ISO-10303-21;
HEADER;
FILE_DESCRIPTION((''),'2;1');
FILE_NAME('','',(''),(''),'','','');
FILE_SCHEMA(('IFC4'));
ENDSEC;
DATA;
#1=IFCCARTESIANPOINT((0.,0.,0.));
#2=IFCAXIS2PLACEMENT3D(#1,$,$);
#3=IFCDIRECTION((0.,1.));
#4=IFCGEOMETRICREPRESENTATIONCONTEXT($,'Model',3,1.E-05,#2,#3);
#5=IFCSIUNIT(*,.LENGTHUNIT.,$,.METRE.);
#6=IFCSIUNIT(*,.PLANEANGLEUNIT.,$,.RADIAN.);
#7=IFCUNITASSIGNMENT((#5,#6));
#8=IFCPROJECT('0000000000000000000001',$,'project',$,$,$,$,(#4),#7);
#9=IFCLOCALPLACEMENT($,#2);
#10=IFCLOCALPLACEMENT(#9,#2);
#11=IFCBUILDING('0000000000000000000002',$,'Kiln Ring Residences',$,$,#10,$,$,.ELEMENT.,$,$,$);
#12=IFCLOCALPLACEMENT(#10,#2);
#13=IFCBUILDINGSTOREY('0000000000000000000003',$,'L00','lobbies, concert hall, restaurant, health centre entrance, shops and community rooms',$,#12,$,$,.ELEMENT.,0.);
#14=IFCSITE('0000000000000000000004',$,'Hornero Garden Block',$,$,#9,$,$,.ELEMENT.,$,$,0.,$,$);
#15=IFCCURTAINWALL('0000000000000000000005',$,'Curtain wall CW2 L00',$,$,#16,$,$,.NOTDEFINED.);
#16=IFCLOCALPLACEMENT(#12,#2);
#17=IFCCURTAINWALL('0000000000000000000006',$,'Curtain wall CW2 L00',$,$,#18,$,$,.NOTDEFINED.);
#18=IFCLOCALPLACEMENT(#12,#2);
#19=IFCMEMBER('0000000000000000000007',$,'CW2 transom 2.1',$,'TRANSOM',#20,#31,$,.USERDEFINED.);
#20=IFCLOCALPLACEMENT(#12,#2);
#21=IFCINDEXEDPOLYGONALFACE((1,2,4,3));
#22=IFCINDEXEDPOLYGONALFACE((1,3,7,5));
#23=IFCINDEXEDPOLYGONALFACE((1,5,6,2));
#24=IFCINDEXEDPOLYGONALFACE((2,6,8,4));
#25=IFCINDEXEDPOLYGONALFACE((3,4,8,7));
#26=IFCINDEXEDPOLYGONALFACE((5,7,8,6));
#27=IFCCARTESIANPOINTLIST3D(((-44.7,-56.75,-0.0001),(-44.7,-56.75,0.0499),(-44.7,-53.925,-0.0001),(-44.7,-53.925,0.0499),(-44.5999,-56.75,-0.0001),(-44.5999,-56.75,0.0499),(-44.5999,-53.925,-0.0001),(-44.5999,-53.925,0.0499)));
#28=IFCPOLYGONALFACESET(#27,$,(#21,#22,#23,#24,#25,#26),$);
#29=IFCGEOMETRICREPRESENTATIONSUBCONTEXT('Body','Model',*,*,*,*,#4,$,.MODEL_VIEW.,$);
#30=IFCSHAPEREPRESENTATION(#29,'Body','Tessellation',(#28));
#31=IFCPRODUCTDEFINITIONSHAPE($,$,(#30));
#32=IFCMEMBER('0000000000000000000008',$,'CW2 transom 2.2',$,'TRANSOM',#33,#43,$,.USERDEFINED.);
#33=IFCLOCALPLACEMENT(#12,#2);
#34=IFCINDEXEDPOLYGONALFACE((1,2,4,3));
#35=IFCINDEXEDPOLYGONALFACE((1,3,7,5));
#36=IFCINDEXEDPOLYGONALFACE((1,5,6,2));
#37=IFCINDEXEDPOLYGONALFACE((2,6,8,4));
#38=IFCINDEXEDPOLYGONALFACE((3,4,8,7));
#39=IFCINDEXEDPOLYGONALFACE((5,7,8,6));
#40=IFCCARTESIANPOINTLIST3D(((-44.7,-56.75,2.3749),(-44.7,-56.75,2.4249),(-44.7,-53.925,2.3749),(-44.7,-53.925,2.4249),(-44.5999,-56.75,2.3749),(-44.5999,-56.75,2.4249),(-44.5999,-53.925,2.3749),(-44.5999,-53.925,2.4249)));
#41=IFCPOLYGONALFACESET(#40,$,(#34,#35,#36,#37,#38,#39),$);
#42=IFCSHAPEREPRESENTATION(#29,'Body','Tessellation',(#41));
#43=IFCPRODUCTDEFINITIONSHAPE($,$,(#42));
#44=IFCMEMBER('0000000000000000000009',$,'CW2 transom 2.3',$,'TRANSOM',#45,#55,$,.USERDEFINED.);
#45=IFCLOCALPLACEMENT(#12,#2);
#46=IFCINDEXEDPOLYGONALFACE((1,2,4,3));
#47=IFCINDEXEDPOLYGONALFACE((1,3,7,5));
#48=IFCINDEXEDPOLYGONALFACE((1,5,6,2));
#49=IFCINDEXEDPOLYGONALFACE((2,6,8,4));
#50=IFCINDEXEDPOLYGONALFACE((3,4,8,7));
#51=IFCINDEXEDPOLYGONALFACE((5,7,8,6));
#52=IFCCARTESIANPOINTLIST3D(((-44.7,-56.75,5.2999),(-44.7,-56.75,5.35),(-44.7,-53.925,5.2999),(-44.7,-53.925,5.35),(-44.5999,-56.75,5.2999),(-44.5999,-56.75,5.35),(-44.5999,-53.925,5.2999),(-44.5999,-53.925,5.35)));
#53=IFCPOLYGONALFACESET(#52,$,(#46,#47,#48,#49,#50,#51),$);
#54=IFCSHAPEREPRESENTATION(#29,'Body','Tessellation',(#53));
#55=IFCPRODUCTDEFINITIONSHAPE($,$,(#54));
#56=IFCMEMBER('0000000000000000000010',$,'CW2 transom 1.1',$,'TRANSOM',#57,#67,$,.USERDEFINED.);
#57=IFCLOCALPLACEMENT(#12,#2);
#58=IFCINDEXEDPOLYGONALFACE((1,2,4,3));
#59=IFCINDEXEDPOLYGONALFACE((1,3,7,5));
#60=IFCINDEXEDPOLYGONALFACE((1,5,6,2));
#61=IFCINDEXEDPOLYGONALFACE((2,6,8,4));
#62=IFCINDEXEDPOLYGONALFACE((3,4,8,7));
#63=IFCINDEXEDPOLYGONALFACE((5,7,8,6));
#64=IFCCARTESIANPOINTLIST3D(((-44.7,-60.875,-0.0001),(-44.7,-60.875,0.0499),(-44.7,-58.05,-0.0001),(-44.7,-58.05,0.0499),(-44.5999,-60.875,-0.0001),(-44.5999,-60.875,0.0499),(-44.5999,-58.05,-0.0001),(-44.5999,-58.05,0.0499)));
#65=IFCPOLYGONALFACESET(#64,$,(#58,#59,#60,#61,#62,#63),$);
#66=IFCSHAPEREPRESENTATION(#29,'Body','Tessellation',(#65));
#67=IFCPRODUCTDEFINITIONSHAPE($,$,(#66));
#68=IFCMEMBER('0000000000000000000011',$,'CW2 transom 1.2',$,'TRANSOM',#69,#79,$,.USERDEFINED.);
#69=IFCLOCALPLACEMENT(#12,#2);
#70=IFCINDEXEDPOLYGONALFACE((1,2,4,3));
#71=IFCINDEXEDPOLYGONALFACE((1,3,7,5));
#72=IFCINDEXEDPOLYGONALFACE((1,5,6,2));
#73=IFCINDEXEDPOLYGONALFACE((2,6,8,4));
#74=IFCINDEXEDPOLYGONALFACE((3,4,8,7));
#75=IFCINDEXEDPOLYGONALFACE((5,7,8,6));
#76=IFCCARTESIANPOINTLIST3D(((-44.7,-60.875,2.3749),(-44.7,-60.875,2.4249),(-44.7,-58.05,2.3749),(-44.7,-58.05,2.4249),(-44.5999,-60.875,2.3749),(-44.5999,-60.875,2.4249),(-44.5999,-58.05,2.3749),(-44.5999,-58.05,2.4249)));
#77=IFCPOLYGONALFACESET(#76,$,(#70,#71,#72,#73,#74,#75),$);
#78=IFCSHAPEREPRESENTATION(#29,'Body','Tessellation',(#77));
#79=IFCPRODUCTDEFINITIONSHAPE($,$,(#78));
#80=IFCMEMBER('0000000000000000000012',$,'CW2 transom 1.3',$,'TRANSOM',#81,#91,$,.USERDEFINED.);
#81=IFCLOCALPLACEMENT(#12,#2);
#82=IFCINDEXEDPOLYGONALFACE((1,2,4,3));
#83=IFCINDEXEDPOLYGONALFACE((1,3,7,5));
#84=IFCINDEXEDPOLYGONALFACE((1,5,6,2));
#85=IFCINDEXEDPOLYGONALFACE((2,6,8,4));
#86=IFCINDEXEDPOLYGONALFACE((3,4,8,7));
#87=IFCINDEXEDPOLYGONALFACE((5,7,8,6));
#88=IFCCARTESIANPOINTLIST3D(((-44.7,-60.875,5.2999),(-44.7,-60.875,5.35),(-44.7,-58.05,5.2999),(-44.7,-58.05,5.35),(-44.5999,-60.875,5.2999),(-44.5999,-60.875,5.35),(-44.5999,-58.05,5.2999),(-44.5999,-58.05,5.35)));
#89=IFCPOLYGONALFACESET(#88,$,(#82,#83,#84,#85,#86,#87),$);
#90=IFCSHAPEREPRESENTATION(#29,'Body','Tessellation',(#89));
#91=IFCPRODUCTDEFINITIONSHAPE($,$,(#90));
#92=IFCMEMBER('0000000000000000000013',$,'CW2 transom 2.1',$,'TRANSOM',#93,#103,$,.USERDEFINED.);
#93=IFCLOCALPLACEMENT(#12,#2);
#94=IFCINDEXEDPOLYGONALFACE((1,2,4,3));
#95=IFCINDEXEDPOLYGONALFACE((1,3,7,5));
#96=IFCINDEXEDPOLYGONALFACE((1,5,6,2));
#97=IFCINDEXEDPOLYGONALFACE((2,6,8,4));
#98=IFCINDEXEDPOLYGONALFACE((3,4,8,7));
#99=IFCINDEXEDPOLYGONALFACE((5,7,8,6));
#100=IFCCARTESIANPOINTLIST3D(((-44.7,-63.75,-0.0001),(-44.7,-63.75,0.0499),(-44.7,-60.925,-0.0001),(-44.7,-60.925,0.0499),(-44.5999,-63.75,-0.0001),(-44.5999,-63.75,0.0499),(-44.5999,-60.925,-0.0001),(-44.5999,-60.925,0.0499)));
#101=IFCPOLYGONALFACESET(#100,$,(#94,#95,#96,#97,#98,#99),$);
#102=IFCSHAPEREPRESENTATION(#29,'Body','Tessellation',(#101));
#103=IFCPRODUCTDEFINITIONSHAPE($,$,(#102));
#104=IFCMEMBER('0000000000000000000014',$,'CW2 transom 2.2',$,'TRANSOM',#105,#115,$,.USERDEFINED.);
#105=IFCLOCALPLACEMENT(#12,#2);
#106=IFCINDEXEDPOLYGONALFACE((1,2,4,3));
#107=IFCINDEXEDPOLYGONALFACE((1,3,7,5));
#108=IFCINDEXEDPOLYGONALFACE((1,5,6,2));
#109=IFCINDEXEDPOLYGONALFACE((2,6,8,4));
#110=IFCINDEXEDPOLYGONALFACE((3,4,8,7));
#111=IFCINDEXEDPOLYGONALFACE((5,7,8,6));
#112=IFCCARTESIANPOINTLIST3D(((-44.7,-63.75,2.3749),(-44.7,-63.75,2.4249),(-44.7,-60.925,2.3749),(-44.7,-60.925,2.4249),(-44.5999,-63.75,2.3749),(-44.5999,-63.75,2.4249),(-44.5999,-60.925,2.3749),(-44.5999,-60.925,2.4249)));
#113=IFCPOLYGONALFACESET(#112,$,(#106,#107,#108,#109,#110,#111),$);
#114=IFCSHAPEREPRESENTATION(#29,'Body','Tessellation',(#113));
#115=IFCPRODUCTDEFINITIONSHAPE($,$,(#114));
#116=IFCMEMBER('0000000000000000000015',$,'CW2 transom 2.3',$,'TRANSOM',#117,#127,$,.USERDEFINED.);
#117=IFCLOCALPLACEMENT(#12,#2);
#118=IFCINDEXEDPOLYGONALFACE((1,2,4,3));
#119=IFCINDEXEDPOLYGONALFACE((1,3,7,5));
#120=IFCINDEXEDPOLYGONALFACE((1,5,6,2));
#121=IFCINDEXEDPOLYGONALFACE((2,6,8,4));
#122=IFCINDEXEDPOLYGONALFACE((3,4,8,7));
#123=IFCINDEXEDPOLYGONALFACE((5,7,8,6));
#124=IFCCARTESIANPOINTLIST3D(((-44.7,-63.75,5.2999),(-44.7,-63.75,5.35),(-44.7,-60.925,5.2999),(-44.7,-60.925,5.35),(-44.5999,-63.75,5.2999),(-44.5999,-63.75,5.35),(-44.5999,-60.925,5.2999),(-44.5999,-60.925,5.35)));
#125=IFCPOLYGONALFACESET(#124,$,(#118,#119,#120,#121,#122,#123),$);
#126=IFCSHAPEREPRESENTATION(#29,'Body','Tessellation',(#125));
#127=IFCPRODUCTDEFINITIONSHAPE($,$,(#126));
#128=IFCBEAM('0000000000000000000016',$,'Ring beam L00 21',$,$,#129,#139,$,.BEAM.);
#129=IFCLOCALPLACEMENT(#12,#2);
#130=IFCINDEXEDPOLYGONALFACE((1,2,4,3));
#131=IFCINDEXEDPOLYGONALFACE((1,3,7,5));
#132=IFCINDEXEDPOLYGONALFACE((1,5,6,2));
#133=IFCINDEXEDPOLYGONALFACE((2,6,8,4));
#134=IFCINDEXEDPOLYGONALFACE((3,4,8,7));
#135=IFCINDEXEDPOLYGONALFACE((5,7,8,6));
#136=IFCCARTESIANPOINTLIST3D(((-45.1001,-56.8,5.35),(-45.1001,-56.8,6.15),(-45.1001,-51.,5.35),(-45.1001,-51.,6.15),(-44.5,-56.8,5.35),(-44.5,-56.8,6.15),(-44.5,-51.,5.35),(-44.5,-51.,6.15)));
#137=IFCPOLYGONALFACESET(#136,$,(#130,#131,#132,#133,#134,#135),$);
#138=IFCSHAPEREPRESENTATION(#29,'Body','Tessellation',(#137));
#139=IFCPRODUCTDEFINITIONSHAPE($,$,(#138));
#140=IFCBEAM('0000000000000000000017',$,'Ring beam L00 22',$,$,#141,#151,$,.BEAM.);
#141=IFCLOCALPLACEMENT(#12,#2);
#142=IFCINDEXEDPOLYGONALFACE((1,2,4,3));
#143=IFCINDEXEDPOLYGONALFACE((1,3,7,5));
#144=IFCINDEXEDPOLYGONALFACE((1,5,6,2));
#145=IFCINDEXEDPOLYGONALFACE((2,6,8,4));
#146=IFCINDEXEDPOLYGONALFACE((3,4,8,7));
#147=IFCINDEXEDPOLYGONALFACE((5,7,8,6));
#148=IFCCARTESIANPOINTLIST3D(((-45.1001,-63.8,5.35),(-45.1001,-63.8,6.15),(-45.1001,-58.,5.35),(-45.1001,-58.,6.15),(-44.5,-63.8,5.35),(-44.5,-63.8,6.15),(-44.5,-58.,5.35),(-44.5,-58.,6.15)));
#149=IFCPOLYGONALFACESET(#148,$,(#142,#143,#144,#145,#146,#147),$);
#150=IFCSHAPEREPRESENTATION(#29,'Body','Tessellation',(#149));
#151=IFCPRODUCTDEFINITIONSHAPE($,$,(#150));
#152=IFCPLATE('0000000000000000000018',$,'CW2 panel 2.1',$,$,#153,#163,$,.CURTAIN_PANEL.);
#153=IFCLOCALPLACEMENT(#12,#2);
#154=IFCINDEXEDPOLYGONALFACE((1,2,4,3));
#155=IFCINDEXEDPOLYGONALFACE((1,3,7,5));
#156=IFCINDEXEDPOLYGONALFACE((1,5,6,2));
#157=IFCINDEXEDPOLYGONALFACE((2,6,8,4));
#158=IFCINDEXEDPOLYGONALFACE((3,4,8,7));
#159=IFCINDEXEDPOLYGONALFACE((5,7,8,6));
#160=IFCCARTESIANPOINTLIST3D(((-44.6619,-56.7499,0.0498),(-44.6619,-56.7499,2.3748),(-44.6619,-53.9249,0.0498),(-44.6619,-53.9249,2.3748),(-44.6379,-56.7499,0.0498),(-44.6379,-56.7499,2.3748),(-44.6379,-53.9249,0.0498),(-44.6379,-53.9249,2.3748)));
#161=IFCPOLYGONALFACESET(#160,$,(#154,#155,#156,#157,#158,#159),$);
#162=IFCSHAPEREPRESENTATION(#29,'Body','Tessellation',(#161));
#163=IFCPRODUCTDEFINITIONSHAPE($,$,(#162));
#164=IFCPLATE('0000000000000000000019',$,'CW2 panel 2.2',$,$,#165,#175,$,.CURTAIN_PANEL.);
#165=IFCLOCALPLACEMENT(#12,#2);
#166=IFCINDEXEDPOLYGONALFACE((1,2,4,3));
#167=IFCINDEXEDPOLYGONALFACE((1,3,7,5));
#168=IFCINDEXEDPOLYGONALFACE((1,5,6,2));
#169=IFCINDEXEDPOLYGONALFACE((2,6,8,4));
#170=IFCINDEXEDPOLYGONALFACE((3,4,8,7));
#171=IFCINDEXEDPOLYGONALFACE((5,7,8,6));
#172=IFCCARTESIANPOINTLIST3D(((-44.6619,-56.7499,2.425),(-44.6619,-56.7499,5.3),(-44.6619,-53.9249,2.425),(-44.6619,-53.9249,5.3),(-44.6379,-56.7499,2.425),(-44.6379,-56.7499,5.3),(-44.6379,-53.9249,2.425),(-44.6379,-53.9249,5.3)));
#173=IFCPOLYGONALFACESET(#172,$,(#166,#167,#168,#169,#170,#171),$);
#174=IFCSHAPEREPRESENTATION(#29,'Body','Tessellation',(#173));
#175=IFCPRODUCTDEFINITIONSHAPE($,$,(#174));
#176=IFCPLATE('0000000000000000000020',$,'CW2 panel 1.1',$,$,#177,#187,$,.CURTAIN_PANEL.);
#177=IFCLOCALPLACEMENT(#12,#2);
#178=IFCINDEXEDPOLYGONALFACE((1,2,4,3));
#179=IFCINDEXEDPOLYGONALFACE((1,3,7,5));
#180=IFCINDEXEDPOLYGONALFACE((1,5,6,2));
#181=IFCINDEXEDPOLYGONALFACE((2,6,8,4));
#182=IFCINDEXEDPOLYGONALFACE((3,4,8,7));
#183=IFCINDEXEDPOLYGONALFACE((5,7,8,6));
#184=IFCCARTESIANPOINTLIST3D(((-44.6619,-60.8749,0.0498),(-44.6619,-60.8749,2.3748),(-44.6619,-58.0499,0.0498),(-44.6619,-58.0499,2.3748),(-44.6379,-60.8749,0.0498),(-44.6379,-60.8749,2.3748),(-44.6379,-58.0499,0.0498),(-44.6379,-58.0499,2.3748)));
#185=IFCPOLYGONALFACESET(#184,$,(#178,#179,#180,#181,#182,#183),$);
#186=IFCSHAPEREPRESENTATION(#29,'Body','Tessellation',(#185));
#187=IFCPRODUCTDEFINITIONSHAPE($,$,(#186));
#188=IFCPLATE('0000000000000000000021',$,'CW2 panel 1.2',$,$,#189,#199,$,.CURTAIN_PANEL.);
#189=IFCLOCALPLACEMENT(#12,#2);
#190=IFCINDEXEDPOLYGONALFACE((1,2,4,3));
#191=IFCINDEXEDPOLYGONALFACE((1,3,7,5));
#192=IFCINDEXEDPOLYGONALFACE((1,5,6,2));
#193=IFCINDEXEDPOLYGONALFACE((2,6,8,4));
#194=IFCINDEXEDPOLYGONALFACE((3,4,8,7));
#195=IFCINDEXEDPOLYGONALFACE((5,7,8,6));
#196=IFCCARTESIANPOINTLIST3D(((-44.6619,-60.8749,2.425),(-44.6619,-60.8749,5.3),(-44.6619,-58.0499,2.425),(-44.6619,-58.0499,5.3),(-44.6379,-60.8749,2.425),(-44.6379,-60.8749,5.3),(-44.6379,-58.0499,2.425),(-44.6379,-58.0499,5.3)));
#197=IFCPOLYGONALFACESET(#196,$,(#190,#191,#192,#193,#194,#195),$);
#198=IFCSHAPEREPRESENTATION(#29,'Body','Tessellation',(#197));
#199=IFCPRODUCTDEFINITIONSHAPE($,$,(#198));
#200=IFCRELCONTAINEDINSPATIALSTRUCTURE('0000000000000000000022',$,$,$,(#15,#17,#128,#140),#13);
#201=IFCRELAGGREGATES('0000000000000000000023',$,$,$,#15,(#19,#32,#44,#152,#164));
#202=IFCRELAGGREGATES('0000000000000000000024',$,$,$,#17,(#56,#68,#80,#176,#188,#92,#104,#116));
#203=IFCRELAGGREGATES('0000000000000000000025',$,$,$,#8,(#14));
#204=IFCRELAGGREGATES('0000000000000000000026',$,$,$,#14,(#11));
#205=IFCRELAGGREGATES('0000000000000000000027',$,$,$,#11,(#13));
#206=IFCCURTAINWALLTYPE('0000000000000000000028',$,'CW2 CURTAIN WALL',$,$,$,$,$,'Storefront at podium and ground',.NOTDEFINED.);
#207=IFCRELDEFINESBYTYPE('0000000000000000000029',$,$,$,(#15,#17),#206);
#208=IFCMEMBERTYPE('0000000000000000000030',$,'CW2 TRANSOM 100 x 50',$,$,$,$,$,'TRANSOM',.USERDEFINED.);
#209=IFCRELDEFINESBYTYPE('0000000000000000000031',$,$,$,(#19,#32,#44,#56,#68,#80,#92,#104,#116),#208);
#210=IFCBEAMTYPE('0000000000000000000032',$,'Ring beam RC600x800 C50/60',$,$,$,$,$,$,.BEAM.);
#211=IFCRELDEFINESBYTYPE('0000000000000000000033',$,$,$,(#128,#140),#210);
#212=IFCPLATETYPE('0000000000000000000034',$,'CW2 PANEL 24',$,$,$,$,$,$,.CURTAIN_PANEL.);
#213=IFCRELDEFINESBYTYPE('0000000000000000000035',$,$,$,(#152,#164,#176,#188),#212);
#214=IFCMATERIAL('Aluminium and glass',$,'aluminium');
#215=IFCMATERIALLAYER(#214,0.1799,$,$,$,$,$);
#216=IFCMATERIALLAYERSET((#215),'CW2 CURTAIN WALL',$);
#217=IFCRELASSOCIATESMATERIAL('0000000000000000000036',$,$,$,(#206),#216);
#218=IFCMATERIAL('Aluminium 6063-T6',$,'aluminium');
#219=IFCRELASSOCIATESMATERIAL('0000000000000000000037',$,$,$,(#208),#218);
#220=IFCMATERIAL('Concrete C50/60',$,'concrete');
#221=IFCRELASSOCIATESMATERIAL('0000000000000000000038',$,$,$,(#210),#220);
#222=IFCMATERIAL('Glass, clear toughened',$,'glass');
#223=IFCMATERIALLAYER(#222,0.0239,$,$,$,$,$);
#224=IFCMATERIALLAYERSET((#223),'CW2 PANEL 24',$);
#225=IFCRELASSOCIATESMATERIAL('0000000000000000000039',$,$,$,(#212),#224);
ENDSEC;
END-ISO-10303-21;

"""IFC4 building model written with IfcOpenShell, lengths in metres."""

from ifc_helpers import new_model, si_unit, direction, frame, origin, origin_2d, place, context, subcontext, project, spatial, rectangle, extrude, material, layer, layer_set, material_profile, profile_set, type_object, element, aggregate, save


model = new_model("IFC4")

# Units and contexts
model_context = context("Model", 3, precision=1e-05, world=origin(), true_north=direction((0.0, 1.0)))
body_context = subcontext(model_context, "Body", "Model", "MODEL_VIEW")
ifc_project = project(units=[si_unit("LENGTHUNIT", "METRE"), si_unit("PLANEANGLEUNIT", "RADIAN")], contexts=[model_context])

# Site, building, storey
site_placement = place(None, origin())
site = spatial("IfcSite", under=ifc_project, at=site_placement, Name="Hornero Garden Block", CompositionType="ELEMENT", RefElevation=0.0)
building_placement = place(site_placement, origin())
building = spatial("IfcBuilding", under=site, at=building_placement, Name="Kiln Ring Residences", CompositionType="ELEMENT")
storey_placement = place(building_placement, origin())
storey = spatial("IfcBuildingStorey", under=building, at=storey_placement, Name="L00", Description="lobbies, concert hall, restaurant, health centre entrance, shops and community rooms", CompositionType="ELEMENT", Elevation=0.0)

# Curtain wall
ifc_material_1 = material(Name="Aluminium and glass", Category="aluminium")
ifc_layer_1 = layer(ifc_material_1, 0.1799)
ifc_layer_set_1 = layer_set([ifc_layer_1], Name="CW2 CURTAIN WALL")
curtain_wall_type = type_object("IfcCurtainWallType", Name="CW2 CURTAIN WALL", ElementType="Storefront at podium and ground", PredefinedType="NOTDEFINED", material=ifc_layer_set_1)
placement = place(storey_placement, origin())
curtain_wall_1 = element("IfcCurtainWall", 1, at=placement, inside=storey, type_object=curtain_wall_type, Name="Curtain wall CW2 L00", PredefinedType="NOTDEFINED")

# Curtain wall
curtain_wall_2 = element("IfcCurtainWall", 2, at=placement, inside=storey, type_object=curtain_wall_type, Name="Curtain wall CW2 L00", PredefinedType="NOTDEFINED")

# Members
ifc_material_2 = material(Name="Aluminium 6063-T6", Category="aluminium")
ifc_material_profile_1 = material_profile(ifc_material_2, rectangle(XDim=0.1001, YDim=0.05, at=origin_2d()), Name="AL 100x50")
ifc_profile_set_1 = profile_set([ifc_material_profile_1], Name="Aluminium 6063-T6")
member_type_1 = type_object("IfcMemberType", Name="CW2 TRANSOM 100 x 50", ElementType="TRANSOM", PredefinedType="USERDEFINED", material=ifc_profile_set_1)
member_1_placement = place(storey_placement, frame((-44.6499, -53.925, 0.0249), z_axis=(0.0, -1.0, 0.0), x_axis=(1.0, 0.0, 0.0)))
member_1 = element("IfcMember", 3, at=member_1_placement, type_object=member_type_1, Name="CW2 transom 2.1", ObjectType="TRANSOM", PredefinedType="USERDEFINED", context=body_context, shape_type="SweptSolid", body=[
    extrude(rectangle(XDim=0.1001, YDim=0.05, at=origin_2d()), origin(), (0.0, 0.0, 1.0), 2.825),
])
member_2_placement = place(storey_placement, frame((-44.6499, -53.925, 2.3999), z_axis=(0.0, -1.0, 0.0), x_axis=(1.0, 0.0, 0.0)))
member_2 = element("IfcMember", 4, at=member_2_placement, type_object=member_type_1, Name="CW2 transom 2.2", ObjectType="TRANSOM", PredefinedType="USERDEFINED", context=body_context, shape_type="SweptSolid", body=[
    extrude(rectangle(XDim=0.1001, YDim=0.05, at=origin_2d()), origin(), (0.0, 0.0, 1.0), 2.825),
])
member_3_placement = place(storey_placement, frame((-44.6499, -53.925, 5.325), z_axis=(0.0, -1.0, 0.0), x_axis=(1.0, 0.0, 0.0)))
member_3 = element("IfcMember", 5, at=member_3_placement, type_object=member_type_1, Name="CW2 transom 2.3", ObjectType="TRANSOM", PredefinedType="USERDEFINED", context=body_context, shape_type="SweptSolid", body=[
    extrude(rectangle(XDim=0.1001, YDim=0.05, at=origin_2d()), origin(), (0.0, 0.0, 1.0), 2.825),
])
member_4_placement = place(storey_placement, frame((-44.6499, -58.05, 0.0249), z_axis=(0.0, -1.0, 0.0), x_axis=(1.0, 0.0, 0.0)))
member_4 = element("IfcMember", 6, at=member_4_placement, type_object=member_type_1, Name="CW2 transom 1.1", ObjectType="TRANSOM", PredefinedType="USERDEFINED", context=body_context, shape_type="SweptSolid", body=[
    extrude(rectangle(XDim=0.1001, YDim=0.05, at=origin_2d()), origin(), (0.0, 0.0, 1.0), 2.825),
])
member_5_placement = place(storey_placement, frame((-44.6499, -58.05, 2.3999), z_axis=(0.0, -1.0, 0.0), x_axis=(1.0, 0.0, 0.0)))
member_5 = element("IfcMember", 7, at=member_5_placement, type_object=member_type_1, Name="CW2 transom 1.2", ObjectType="TRANSOM", PredefinedType="USERDEFINED", context=body_context, shape_type="SweptSolid", body=[
    extrude(rectangle(XDim=0.1001, YDim=0.05, at=origin_2d()), origin(), (0.0, 0.0, 1.0), 2.825),
])
member_6_placement = place(storey_placement, frame((-44.6499, -58.05, 5.325), z_axis=(0.0, -1.0, 0.0), x_axis=(1.0, 0.0, 0.0)))
member_6 = element("IfcMember", 8, at=member_6_placement, type_object=member_type_1, Name="CW2 transom 1.3", ObjectType="TRANSOM", PredefinedType="USERDEFINED", context=body_context, shape_type="SweptSolid", body=[
    extrude(rectangle(XDim=0.1001, YDim=0.05, at=origin_2d()), origin(), (0.0, 0.0, 1.0), 2.825),
])
member_7_placement = place(storey_placement, frame((-44.6499, -60.925, 0.0249), z_axis=(0.0, -1.0, 0.0), x_axis=(1.0, 0.0, 0.0)))
member_7 = element("IfcMember", 9, at=member_7_placement, type_object=member_type_1, Name="CW2 transom 2.1", ObjectType="TRANSOM", PredefinedType="USERDEFINED", context=body_context, shape_type="SweptSolid", body=[
    extrude(rectangle(XDim=0.1001, YDim=0.05, at=origin_2d()), origin(), (0.0, 0.0, 1.0), 2.825),
])
member_8_placement = place(storey_placement, frame((-44.6499, -60.925, 2.3999), z_axis=(0.0, -1.0, 0.0), x_axis=(1.0, 0.0, 0.0)))
member_8 = element("IfcMember", 10, at=member_8_placement, type_object=member_type_1, Name="CW2 transom 2.2", ObjectType="TRANSOM", PredefinedType="USERDEFINED", context=body_context, shape_type="SweptSolid", body=[
    extrude(rectangle(XDim=0.1001, YDim=0.05, at=origin_2d()), origin(), (0.0, 0.0, 1.0), 2.825),
])
member_9_placement = place(storey_placement, frame((-44.6499, -60.925, 5.325), z_axis=(0.0, -1.0, 0.0), x_axis=(1.0, 0.0, 0.0)))
member_9 = element("IfcMember", 11, at=member_9_placement, type_object=member_type_1, Name="CW2 transom 2.3", ObjectType="TRANSOM", PredefinedType="USERDEFINED", context=body_context, shape_type="SweptSolid", body=[
    extrude(rectangle(XDim=0.1001, YDim=0.05, at=origin_2d()), origin(), (0.0, 0.0, 1.0), 2.825),
])

# Beams
ifc_material_3 = material(Name="Concrete C50/60", Category="concrete")
ifc_material_profile_2 = material_profile(ifc_material_3, rectangle(XDim=0.6001, YDim=0.8, at=origin_2d()), Name="RC600x800")
ifc_profile_set_2 = profile_set([ifc_material_profile_2], Name="Concrete C50/60")
beam_type = type_object("IfcBeamType", Name="Ring beam RC600x800 C50/60", PredefinedType="BEAM", material=ifc_profile_set_2)
for number, where, z_axis, x_axis, name in (
    (12, (-44.8, -51.0, 5.75), (0.0, -1.0, 0.0), (1.0, 0.0, 0.0), "Ring beam L00 21"),
    (13, (-44.8, -58.0, 5.75), (0.0, -1.0, 0.0), (1.0, 0.0, 0.0), "Ring beam L00 22"),
):
    element("IfcBeam", number, at=place(storey_placement, frame(where, z_axis=z_axis, x_axis=x_axis)), inside=storey, type_object=beam_type, Name=name, PredefinedType="BEAM", context=body_context, shape_type="SweptSolid", body=[
        extrude(rectangle(XDim=0.6001, YDim=0.8, at=origin_2d()), origin(), (0.0, 0.0, 1.0), 5.8),
    ])

# Plates
ifc_material_4 = material(Name="Glass, clear toughened", Category="glass")
ifc_layer_2 = layer(ifc_material_4, 0.0239)
ifc_layer_set_2 = layer_set([ifc_layer_2], Name="CW2 PANEL 24")
plate_type = type_object("IfcPlateType", Name="CW2 PANEL 24", PredefinedType="CURTAIN_PANEL", material=ifc_layer_set_2)
plate_1_placement = place(storey_placement, frame((-44.6499, -55.3374, 0.0498), z_axis=(0.0, 0.0, 1.0), x_axis=(0.0, -1.0, 0.0)))
plate_1 = element("IfcPlate", 14, at=plate_1_placement, type_object=plate_type, Name="CW2 panel 2.1", PredefinedType="CURTAIN_PANEL", context=body_context, shape_type="SweptSolid", body=[
    extrude(rectangle(XDim=2.825, YDim=0.0239, at=origin_2d()), origin(), (0.0, 0.0, 1.0), 2.325),
])
plate_2_placement = place(storey_placement, frame((-44.6499, -55.3374, 2.425), z_axis=(0.0, 0.0, 1.0), x_axis=(0.0, -1.0, 0.0)))
plate_2 = element("IfcPlate", 15, at=plate_2_placement, type_object=plate_type, Name="CW2 panel 2.2", PredefinedType="CURTAIN_PANEL", context=body_context, shape_type="SweptSolid", body=[
    extrude(rectangle(XDim=2.825, YDim=0.0239, at=origin_2d()), origin(), (0.0, 0.0, 1.0), 2.875),
])
aggregate(curtain_wall_1, [member_1, member_2, member_3, plate_1, plate_2])
plate_3_placement = place(storey_placement, frame((-44.6499, -59.4624, 0.0498), z_axis=(0.0, 0.0, 1.0), x_axis=(0.0, -1.0, 0.0)))
plate_3 = element("IfcPlate", 16, at=plate_3_placement, type_object=plate_type, Name="CW2 panel 1.1", PredefinedType="CURTAIN_PANEL", context=body_context, shape_type="SweptSolid", body=[
    extrude(rectangle(XDim=2.825, YDim=0.0239, at=origin_2d()), origin(), (0.0, 0.0, 1.0), 2.325),
])
plate_4_placement = place(storey_placement, frame((-44.6499, -59.4624, 2.425), z_axis=(0.0, 0.0, 1.0), x_axis=(0.0, -1.0, 0.0)))
plate_4 = element("IfcPlate", 17, at=plate_4_placement, type_object=plate_type, Name="CW2 panel 1.2", PredefinedType="CURTAIN_PANEL", context=body_context, shape_type="SweptSolid", body=[
    extrude(rectangle(XDim=2.825, YDim=0.0239, at=origin_2d()), origin(), (0.0, 0.0, 1.0), 2.875),
])
aggregate(curtain_wall_2, [member_4, member_5, member_6, plate_3, plate_4, member_7, member_8, member_9])

save(model, "model.ifc")
